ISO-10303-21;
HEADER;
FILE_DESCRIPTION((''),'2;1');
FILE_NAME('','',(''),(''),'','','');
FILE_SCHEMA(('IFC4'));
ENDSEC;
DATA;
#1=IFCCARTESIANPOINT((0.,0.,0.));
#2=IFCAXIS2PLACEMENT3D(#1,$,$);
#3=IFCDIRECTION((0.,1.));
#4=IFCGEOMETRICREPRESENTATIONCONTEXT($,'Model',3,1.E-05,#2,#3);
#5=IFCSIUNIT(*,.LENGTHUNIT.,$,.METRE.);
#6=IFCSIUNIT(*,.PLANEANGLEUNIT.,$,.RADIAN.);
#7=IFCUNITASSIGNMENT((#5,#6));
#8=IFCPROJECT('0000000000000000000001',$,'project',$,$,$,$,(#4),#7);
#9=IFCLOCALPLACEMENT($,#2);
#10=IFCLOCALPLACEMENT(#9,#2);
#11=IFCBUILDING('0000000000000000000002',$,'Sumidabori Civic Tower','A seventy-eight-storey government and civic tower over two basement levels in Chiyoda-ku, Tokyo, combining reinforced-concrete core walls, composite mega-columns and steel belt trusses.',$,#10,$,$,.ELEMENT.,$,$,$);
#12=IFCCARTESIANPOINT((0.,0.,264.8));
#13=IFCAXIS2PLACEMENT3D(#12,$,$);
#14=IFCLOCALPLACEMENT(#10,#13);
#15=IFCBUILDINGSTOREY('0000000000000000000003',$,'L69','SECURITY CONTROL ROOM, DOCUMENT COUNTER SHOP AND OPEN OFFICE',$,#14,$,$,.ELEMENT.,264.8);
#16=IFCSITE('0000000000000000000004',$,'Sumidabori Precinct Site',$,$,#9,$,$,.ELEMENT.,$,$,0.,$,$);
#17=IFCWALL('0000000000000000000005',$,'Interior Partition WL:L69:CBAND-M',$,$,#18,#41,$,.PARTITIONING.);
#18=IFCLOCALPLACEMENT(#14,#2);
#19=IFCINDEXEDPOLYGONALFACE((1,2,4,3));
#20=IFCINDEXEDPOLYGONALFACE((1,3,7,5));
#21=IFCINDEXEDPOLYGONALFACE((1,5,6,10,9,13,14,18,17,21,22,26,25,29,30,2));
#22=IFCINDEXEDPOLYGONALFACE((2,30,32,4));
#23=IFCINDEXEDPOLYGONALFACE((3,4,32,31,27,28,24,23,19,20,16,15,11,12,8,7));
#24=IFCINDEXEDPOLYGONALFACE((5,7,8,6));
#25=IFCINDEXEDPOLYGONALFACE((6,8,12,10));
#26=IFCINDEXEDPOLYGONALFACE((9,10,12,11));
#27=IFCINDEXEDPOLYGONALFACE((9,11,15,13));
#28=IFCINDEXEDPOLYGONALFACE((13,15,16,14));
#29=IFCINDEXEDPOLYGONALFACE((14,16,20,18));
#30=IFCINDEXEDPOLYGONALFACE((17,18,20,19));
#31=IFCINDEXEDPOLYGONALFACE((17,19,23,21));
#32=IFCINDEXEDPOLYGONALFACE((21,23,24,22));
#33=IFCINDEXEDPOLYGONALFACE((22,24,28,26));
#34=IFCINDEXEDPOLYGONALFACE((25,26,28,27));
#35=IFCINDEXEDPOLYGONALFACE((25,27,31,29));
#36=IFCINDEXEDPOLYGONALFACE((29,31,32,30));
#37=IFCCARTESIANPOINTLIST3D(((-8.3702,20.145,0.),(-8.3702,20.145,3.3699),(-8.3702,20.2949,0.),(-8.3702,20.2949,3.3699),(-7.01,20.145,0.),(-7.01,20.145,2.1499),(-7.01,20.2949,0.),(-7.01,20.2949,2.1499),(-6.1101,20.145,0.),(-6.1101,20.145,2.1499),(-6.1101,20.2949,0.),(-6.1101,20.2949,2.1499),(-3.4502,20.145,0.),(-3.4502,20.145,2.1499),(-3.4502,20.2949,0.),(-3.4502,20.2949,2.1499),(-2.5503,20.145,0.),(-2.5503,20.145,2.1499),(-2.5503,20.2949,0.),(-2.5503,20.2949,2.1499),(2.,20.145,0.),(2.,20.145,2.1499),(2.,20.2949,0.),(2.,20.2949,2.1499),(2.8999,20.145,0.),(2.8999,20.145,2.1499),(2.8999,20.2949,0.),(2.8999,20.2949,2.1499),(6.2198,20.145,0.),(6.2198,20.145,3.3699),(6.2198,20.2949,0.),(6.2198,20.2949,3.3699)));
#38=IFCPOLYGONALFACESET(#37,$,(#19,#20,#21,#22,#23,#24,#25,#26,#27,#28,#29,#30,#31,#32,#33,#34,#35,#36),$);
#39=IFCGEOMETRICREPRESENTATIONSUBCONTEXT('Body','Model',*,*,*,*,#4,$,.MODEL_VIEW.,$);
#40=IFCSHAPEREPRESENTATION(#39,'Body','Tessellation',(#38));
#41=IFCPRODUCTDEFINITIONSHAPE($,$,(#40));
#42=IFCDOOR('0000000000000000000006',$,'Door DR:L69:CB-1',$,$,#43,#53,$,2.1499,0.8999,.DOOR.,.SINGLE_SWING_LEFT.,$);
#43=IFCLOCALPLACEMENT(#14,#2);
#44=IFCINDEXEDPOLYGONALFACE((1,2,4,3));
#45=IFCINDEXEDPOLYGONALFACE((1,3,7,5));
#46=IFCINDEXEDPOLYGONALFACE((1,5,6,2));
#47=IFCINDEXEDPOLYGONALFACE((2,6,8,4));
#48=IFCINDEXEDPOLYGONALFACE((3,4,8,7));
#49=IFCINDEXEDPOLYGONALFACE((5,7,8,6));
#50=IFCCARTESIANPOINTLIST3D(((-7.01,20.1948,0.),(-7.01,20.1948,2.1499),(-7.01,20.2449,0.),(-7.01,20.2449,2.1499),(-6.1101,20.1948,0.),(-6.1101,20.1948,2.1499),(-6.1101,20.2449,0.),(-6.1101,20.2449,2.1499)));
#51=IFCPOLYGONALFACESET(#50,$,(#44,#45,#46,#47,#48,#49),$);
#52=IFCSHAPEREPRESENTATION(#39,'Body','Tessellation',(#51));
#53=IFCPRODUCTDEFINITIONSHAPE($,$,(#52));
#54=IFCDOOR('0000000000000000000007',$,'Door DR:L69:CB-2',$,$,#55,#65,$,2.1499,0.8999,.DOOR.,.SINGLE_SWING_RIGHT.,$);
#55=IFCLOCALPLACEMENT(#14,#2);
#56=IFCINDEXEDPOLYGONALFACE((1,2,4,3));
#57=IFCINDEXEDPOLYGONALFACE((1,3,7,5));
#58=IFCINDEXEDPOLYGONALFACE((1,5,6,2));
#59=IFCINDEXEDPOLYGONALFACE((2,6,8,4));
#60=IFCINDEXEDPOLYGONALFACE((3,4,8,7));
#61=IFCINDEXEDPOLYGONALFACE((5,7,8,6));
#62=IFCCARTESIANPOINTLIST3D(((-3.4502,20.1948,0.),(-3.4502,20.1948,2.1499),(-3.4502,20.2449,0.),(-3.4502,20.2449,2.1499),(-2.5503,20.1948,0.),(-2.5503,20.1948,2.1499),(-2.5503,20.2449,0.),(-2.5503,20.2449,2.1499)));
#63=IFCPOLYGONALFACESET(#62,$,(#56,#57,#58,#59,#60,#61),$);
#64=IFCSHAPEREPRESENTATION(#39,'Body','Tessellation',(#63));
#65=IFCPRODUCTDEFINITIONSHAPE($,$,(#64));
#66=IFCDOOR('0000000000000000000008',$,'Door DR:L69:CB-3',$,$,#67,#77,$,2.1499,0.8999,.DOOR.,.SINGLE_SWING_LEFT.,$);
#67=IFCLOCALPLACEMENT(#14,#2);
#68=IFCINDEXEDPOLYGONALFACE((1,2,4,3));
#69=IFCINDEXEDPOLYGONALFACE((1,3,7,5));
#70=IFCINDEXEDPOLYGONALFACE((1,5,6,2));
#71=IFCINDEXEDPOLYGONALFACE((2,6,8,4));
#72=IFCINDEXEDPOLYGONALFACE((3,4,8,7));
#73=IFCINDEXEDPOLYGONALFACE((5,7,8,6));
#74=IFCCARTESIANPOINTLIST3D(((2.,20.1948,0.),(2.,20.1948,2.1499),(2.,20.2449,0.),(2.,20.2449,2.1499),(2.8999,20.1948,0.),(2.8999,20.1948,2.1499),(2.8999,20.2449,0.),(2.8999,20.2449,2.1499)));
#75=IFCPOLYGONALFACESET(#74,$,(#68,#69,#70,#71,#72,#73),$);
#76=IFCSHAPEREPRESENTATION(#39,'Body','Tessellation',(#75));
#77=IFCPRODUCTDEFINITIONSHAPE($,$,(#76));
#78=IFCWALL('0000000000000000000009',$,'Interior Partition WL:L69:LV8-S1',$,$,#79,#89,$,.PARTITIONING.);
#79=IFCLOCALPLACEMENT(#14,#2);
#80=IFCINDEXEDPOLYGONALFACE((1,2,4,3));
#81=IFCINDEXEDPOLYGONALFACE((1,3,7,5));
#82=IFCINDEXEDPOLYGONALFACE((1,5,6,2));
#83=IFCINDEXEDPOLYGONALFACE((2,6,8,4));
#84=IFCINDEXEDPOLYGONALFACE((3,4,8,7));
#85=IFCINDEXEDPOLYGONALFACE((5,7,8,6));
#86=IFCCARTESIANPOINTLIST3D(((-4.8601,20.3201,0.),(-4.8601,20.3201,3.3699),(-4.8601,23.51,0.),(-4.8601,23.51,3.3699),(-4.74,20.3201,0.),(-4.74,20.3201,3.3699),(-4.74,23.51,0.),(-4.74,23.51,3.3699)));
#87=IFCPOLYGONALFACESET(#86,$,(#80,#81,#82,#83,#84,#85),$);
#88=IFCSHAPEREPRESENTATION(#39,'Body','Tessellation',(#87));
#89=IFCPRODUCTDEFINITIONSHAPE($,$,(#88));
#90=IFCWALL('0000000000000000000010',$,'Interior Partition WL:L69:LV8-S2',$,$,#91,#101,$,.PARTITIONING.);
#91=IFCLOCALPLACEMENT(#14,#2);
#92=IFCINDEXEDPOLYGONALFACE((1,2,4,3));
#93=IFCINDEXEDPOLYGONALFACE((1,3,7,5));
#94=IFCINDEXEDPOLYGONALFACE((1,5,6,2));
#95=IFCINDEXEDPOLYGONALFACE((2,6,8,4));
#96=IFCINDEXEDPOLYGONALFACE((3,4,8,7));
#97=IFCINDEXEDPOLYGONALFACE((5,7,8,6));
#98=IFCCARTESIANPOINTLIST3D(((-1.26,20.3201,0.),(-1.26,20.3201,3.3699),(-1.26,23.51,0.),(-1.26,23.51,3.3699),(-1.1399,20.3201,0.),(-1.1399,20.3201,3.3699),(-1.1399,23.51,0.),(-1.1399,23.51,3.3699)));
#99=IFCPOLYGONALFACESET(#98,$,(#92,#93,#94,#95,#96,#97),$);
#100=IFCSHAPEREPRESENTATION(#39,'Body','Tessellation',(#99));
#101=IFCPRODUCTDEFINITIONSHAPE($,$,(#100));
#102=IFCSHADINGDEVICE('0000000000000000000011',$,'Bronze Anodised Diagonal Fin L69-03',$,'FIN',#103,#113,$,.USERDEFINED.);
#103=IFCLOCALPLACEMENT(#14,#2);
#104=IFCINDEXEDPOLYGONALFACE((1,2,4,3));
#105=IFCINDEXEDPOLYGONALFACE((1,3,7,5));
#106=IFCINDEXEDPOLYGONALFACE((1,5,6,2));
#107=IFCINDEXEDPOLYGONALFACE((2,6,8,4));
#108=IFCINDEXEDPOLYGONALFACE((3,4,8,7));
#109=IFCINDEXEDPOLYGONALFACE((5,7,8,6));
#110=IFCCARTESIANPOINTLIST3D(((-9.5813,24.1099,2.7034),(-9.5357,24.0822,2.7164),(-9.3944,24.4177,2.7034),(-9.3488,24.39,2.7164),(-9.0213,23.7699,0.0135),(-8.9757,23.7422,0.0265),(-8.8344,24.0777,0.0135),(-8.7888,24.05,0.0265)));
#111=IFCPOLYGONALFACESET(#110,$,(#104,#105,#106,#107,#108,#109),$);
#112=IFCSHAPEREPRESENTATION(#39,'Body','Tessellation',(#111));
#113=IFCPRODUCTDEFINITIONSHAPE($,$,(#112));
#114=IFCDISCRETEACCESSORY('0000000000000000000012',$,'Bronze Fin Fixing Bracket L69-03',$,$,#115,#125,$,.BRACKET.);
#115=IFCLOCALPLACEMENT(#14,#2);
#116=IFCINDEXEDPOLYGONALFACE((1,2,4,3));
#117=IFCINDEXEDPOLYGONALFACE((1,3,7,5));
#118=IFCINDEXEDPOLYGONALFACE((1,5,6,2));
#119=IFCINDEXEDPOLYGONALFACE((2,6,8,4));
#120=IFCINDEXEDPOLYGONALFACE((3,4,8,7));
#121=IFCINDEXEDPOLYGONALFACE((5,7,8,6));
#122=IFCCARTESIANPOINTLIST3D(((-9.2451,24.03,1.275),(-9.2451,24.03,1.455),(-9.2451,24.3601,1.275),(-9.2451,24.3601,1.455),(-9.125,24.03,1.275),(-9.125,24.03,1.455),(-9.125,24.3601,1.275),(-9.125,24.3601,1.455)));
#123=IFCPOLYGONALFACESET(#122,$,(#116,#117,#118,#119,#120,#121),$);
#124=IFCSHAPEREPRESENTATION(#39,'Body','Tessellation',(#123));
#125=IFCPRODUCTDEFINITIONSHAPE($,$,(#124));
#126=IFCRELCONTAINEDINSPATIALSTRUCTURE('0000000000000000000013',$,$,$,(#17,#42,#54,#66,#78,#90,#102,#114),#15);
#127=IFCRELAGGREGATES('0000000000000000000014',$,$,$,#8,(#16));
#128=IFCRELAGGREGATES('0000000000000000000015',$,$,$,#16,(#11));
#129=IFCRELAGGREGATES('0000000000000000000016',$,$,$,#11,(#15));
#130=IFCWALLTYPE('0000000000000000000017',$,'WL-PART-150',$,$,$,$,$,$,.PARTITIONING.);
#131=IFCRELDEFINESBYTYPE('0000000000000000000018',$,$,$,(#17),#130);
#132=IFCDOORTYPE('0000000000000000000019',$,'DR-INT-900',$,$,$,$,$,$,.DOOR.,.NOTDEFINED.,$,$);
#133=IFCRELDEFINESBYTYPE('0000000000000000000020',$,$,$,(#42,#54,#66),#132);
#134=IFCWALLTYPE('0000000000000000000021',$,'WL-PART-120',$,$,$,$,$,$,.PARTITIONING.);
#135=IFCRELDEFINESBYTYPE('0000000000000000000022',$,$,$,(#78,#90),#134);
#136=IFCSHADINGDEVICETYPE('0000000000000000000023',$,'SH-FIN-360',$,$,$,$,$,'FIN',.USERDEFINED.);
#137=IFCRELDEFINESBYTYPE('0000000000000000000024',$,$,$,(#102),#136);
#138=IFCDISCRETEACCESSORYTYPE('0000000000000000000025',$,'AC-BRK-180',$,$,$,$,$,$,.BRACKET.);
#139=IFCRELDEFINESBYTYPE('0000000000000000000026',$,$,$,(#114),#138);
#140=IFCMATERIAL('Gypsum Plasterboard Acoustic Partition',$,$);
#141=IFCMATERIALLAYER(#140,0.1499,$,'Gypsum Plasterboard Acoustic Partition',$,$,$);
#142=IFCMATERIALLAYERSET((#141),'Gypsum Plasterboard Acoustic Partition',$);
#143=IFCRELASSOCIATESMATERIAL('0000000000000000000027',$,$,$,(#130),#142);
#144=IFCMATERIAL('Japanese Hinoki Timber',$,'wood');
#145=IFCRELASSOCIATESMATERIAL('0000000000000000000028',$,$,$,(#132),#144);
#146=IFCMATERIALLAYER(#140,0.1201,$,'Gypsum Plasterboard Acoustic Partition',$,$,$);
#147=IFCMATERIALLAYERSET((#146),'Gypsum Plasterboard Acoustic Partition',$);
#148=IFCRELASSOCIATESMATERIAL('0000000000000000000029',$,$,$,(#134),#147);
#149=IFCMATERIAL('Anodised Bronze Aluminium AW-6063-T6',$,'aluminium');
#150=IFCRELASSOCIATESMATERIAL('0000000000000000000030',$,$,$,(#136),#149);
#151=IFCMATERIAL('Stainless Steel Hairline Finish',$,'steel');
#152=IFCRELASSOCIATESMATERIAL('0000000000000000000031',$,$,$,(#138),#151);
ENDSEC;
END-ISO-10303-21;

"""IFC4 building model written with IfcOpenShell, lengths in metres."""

from ifc_helpers import new_model, si_unit, direction, frame, frame_2d, origin, origin_2d, place, context, subcontext, project, spatial, rectangle, extrude, source, transform, mapped, material, layer, layer_set, material_profile, profile_set, type_object, element, fill, save


model = new_model("IFC4")

# Units and contexts
model_context = context("Model", 3, precision=1e-05, world=origin(), true_north=direction((0.0, 1.0)))
body_context = subcontext(model_context, "Body", "Model", "MODEL_VIEW")
ifc_project = project(units=[si_unit("LENGTHUNIT", "METRE"), si_unit("PLANEANGLEUNIT", "RADIAN")], contexts=[model_context])

# Site, building, storey
site_placement = place(None, origin())
site = spatial("IfcSite", under=ifc_project, at=site_placement, Name="Sumidabori Precinct Site", CompositionType="ELEMENT", RefElevation=0.0)
building_placement = place(site_placement, origin())
building = spatial("IfcBuilding", under=site, at=building_placement, Name="Sumidabori Civic Tower", Description="A seventy-eight-storey government and civic tower over two basement levels in Chiyoda-ku, Tokyo, combining reinforced-concrete core walls, composite mega-columns and steel belt trusses.", CompositionType="ELEMENT")
storey_placement = place(building_placement, frame((0.0, 0.0, 264.8)))
storey = spatial("IfcBuildingStorey", under=building, at=storey_placement, Name="L69", Description="SECURITY CONTROL ROOM, DOCUMENT COUNTER SHOP AND OPEN OFFICE", CompositionType="ELEMENT", Elevation=264.8)

# Shared definitions
ifc_material_1 = material(Name="Anodised Bronze Aluminium AW-6063-T6", Category="aluminium")

# Wall, openings, doors
ifc_material_2 = material(Name="Gypsum Plasterboard Acoustic Partition")
ifc_layer_1 = layer(ifc_material_2, 0.1499, Name="Gypsum Plasterboard Acoustic Partition")
ifc_layer_set_1 = layer_set([ifc_layer_1], Name="Gypsum Plasterboard Acoustic Partition")
wall_type_1 = type_object("IfcWallType", Name="WL-PART-150", PredefinedType="PARTITIONING", material=ifc_layer_set_1)
shared_shape_1 = source(origin(), body_context, "Body", "SweptSolid", [
    extrude(rectangle(XDim=14.5901, YDim=0.1499, at=frame_2d((7.2949, 0.0))), origin(), (0.0, 0.0, 1.0), 3.3699),
])
wall_1_placement = place(storey_placement, frame((-8.3701, 20.22, 0.0), z_axis=(0.0, 0.0, 1.0), x_axis=(1.0, 0.0, 0.0)))
wall_1 = element("IfcWall", 1, at=wall_1_placement, inside=storey, type_object=wall_type_1, Name="Interior Partition WL:L69:CBAND-M", PredefinedType="PARTITIONING", context=body_context, shape_type="MappedRepresentation", body=[
    mapped(shared_shape_1, transform((0.0, 0.0, 0.0), x_axis=(1.0, 0.0, 0.0), y_axis=(0.0, 1.0, 0.0), z_axis=(0.0, 0.0, 1.0), scale=1.0)),
])
opening_1_placement = place(wall_1_placement, frame((1.3601, 0.0, 0.0)))
opening_1 = element("IfcOpeningElement", 2, at=opening_1_placement, cuts=wall_1, PredefinedType="OPENING", context=body_context, shape_type="SweptSolid", body=[
    extrude(rectangle(XDim=0.8999, YDim=2.1499, at=frame_2d((0.45, 1.075))), frame((0.0, 0.0869, 0.0), z_axis=(0.0, -1.0, 0.0), x_axis=(1.0, 0.0, 0.0)), (0.0, 0.0, 1.0), 0.1738),
])
opening_2_placement = place(wall_1_placement, frame((4.9199, 0.0, 0.0)))
opening_2 = element("IfcOpeningElement", 3, at=opening_2_placement, cuts=wall_1, PredefinedType="OPENING", context=body_context, shape_type="SweptSolid", body=[
    extrude(rectangle(XDim=0.8999, YDim=2.1499, at=frame_2d((0.45, 1.075))), frame((0.0, 0.0869, 0.0), z_axis=(0.0, -1.0, 0.0), x_axis=(1.0, 0.0, 0.0)), (0.0, 0.0, 1.0), 0.1738),
])
opening_3_placement = place(wall_1_placement, frame((10.3701, 0.0, 0.0)))
opening_3 = element("IfcOpeningElement", 4, at=opening_3_placement, cuts=wall_1, PredefinedType="OPENING", context=body_context, shape_type="SweptSolid", body=[
    extrude(rectangle(XDim=0.8999, YDim=2.1499, at=frame_2d((0.45, 1.075))), frame((0.0, 0.0869, 0.0), z_axis=(0.0, -1.0, 0.0), x_axis=(1.0, 0.0, 0.0)), (0.0, 0.0, 1.0), 0.1738),
])
ifc_material_3 = material(Name="Japanese Hinoki Timber", Category="wood")
door_type = type_object("IfcDoorType", Name="DR-INT-900", OperationType="NOTDEFINED", PredefinedType="DOOR", material=ifc_material_3)
shared_shape_2 = source(origin(), body_context, "Body", "SweptSolid", [
    extrude(rectangle(XDim=0.8999, YDim=2.1499, at=frame_2d((0.45, 1.075))), frame((0.0, 0.0249, 0.0), z_axis=(0.0, -1.0, 0.0), x_axis=(1.0, 0.0, 0.0)), (0.0, 0.0, 1.0), 0.05),
])
door_1_placement = place(opening_1_placement, origin())
door_1 = element("IfcDoor", 5, at=door_1_placement, inside=storey, type_object=door_type, Name="Door DR:L69:CB-1", OperationType="SINGLE_SWING_LEFT", OverallHeight=2.1499, OverallWidth=0.8999, PredefinedType="DOOR", context=body_context, shape_type="MappedRepresentation", body=[
    mapped(shared_shape_2, transform((0.0, 0.0, 0.0), x_axis=(1.0, 0.0, 0.0), y_axis=(0.0, 1.0, 0.0), z_axis=(0.0, 0.0, 1.0), scale=1.0)),
])
fill(opening_1, door_1)
door_2_placement = place(opening_2_placement, origin())
door_2 = element("IfcDoor", 6, at=door_2_placement, inside=storey, type_object=door_type, Name="Door DR:L69:CB-2", OperationType="SINGLE_SWING_RIGHT", OverallHeight=2.1499, OverallWidth=0.8999, PredefinedType="DOOR", context=body_context, shape_type="MappedRepresentation", body=[
    mapped(shared_shape_2, transform((0.0, 0.0, 0.0), x_axis=(1.0, 0.0, 0.0), y_axis=(0.0, 1.0, 0.0), z_axis=(0.0, 0.0, 1.0), scale=1.0)),
])
fill(opening_2, door_2)
door_3_placement = place(opening_3_placement, origin())
door_3 = element("IfcDoor", 7, at=door_3_placement, inside=storey, type_object=door_type, Name="Door DR:L69:CB-3", OperationType="SINGLE_SWING_LEFT", OverallHeight=2.1499, OverallWidth=0.8999, PredefinedType="DOOR", context=body_context, shape_type="MappedRepresentation", body=[
    mapped(shared_shape_2, transform((0.0, 0.0, 0.0), x_axis=(1.0, 0.0, 0.0), y_axis=(0.0, 1.0, 0.0), z_axis=(0.0, 0.0, 1.0), scale=1.0)),
])
fill(opening_3, door_3)

# Walls
ifc_layer_2 = layer(ifc_material_2, 0.1201, Name="Gypsum Plasterboard Acoustic Partition")
ifc_layer_set_2 = layer_set([ifc_layer_2], Name="Gypsum Plasterboard Acoustic Partition")
wall_type_2 = type_object("IfcWallType", Name="WL-PART-120", PredefinedType="PARTITIONING", material=ifc_layer_set_2)
shared_shape_3 = source(origin(), body_context, "Body", "SweptSolid", [
    extrude(rectangle(XDim=3.1899, YDim=0.1201, at=frame_2d((1.595, 0.0))), origin(), (0.0, 0.0, 1.0), 3.3699),
])
for number, where, z_axis, x_axis, name in (
    (8, (-4.8, 20.3201, 0.0), (0.0, 0.0, 1.0), (0.0, 1.0, 0.0), "Interior Partition WL:L69:LV8-S1"),
    (9, (-1.2, 20.3201, 0.0), (0.0, 0.0, 1.0), (0.0, 1.0, 0.0), "Interior Partition WL:L69:LV8-S2"),
):
    element("IfcWall", number, at=place(storey_placement, frame(where, z_axis=z_axis, x_axis=x_axis)), inside=storey, type_object=wall_type_2, Name=name, PredefinedType="PARTITIONING", context=body_context, shape_type="MappedRepresentation", body=[
        mapped(shared_shape_3, transform((0.0, 0.0, 0.0), x_axis=(1.0, 0.0, 0.0), y_axis=(0.0, 1.0, 0.0), z_axis=(0.0, 0.0, 1.0), scale=1.0)),
    ])

# Shading device
ifc_material_profile_1 = material_profile(ifc_material_1, rectangle(XDim=0.0549, YDim=0.3601, at=origin_2d()), Name="BRONZE FIN 360x55")
ifc_profile_set_1 = profile_set([ifc_material_profile_1], Name="Anodised Bronze Aluminium AW-6063-T6")
shading_device_type = type_object("IfcShadingDeviceType", Name="SH-FIN-360", ElementType="FIN", PredefinedType="USERDEFINED", material=ifc_profile_set_1)
shared_shape_4 = source(origin(), body_context, "Body", "SweptSolid", [
    extrude(rectangle(XDim=0.0549, YDim=0.3601, at=origin_2d()), origin(), (0.0, 0.0, 1.0), 2.7686),
])
shading_device_placement = place(storey_placement, frame((-8.905, 23.9099, 0.02), z_axis=(-0.20229, 0.122838, 0.971591), x_axis=(0.83047, -0.504291, 0.236665)))
element("IfcShadingDevice", 10, at=shading_device_placement, inside=storey, type_object=shading_device_type, Name="Bronze Anodised Diagonal Fin L69-03", ObjectType="FIN", PredefinedType="USERDEFINED", context=body_context, shape_type="MappedRepresentation", body=[
    mapped(shared_shape_4, transform((0.0, 0.0, 0.0), x_axis=(1.0, 0.0, 0.0), y_axis=(0.0, 1.0, 0.0), z_axis=(0.0, 0.0, 1.0), scale=1.0)),
])

# Discrete accessory
ifc_material_4 = material(Name="Stainless Steel Hairline Finish", Category="steel")
ifc_material_profile_2 = material_profile(ifc_material_4, rectangle(XDim=0.1201, YDim=0.1799, at=origin_2d()), Name="STEEL BRACKET 180x120")
ifc_profile_set_2 = profile_set([ifc_material_profile_2], Name="Stainless Steel Hairline Finish")
discrete_accessory_type = type_object("IfcDiscreteAccessoryType", Name="AC-BRK-180", PredefinedType="BRACKET", material=ifc_profile_set_2)
shared_shape_5 = source(origin(), body_context, "Body", "SweptSolid", [
    extrude(rectangle(XDim=0.1201, YDim=0.1799, at=origin_2d()), origin(), (0.0, 0.0, 1.0), 0.3301),
])
discrete_accessory_placement = place(storey_placement, frame((-9.1851, 24.03, 1.365), z_axis=(0.0, 1.0, 0.0), x_axis=(-1.0, 0.0, 0.0)))
element("IfcDiscreteAccessory", 11, at=discrete_accessory_placement, inside=storey, type_object=discrete_accessory_type, Name="Bronze Fin Fixing Bracket L69-03", PredefinedType="BRACKET", context=body_context, shape_type="MappedRepresentation", body=[
    mapped(shared_shape_5, transform((0.0, 0.0, 0.0), x_axis=(1.0, 0.0, 0.0), y_axis=(0.0, 1.0, 0.0), z_axis=(0.0, 0.0, 1.0), scale=1.0)),
])

save(model, "model.ifc")
